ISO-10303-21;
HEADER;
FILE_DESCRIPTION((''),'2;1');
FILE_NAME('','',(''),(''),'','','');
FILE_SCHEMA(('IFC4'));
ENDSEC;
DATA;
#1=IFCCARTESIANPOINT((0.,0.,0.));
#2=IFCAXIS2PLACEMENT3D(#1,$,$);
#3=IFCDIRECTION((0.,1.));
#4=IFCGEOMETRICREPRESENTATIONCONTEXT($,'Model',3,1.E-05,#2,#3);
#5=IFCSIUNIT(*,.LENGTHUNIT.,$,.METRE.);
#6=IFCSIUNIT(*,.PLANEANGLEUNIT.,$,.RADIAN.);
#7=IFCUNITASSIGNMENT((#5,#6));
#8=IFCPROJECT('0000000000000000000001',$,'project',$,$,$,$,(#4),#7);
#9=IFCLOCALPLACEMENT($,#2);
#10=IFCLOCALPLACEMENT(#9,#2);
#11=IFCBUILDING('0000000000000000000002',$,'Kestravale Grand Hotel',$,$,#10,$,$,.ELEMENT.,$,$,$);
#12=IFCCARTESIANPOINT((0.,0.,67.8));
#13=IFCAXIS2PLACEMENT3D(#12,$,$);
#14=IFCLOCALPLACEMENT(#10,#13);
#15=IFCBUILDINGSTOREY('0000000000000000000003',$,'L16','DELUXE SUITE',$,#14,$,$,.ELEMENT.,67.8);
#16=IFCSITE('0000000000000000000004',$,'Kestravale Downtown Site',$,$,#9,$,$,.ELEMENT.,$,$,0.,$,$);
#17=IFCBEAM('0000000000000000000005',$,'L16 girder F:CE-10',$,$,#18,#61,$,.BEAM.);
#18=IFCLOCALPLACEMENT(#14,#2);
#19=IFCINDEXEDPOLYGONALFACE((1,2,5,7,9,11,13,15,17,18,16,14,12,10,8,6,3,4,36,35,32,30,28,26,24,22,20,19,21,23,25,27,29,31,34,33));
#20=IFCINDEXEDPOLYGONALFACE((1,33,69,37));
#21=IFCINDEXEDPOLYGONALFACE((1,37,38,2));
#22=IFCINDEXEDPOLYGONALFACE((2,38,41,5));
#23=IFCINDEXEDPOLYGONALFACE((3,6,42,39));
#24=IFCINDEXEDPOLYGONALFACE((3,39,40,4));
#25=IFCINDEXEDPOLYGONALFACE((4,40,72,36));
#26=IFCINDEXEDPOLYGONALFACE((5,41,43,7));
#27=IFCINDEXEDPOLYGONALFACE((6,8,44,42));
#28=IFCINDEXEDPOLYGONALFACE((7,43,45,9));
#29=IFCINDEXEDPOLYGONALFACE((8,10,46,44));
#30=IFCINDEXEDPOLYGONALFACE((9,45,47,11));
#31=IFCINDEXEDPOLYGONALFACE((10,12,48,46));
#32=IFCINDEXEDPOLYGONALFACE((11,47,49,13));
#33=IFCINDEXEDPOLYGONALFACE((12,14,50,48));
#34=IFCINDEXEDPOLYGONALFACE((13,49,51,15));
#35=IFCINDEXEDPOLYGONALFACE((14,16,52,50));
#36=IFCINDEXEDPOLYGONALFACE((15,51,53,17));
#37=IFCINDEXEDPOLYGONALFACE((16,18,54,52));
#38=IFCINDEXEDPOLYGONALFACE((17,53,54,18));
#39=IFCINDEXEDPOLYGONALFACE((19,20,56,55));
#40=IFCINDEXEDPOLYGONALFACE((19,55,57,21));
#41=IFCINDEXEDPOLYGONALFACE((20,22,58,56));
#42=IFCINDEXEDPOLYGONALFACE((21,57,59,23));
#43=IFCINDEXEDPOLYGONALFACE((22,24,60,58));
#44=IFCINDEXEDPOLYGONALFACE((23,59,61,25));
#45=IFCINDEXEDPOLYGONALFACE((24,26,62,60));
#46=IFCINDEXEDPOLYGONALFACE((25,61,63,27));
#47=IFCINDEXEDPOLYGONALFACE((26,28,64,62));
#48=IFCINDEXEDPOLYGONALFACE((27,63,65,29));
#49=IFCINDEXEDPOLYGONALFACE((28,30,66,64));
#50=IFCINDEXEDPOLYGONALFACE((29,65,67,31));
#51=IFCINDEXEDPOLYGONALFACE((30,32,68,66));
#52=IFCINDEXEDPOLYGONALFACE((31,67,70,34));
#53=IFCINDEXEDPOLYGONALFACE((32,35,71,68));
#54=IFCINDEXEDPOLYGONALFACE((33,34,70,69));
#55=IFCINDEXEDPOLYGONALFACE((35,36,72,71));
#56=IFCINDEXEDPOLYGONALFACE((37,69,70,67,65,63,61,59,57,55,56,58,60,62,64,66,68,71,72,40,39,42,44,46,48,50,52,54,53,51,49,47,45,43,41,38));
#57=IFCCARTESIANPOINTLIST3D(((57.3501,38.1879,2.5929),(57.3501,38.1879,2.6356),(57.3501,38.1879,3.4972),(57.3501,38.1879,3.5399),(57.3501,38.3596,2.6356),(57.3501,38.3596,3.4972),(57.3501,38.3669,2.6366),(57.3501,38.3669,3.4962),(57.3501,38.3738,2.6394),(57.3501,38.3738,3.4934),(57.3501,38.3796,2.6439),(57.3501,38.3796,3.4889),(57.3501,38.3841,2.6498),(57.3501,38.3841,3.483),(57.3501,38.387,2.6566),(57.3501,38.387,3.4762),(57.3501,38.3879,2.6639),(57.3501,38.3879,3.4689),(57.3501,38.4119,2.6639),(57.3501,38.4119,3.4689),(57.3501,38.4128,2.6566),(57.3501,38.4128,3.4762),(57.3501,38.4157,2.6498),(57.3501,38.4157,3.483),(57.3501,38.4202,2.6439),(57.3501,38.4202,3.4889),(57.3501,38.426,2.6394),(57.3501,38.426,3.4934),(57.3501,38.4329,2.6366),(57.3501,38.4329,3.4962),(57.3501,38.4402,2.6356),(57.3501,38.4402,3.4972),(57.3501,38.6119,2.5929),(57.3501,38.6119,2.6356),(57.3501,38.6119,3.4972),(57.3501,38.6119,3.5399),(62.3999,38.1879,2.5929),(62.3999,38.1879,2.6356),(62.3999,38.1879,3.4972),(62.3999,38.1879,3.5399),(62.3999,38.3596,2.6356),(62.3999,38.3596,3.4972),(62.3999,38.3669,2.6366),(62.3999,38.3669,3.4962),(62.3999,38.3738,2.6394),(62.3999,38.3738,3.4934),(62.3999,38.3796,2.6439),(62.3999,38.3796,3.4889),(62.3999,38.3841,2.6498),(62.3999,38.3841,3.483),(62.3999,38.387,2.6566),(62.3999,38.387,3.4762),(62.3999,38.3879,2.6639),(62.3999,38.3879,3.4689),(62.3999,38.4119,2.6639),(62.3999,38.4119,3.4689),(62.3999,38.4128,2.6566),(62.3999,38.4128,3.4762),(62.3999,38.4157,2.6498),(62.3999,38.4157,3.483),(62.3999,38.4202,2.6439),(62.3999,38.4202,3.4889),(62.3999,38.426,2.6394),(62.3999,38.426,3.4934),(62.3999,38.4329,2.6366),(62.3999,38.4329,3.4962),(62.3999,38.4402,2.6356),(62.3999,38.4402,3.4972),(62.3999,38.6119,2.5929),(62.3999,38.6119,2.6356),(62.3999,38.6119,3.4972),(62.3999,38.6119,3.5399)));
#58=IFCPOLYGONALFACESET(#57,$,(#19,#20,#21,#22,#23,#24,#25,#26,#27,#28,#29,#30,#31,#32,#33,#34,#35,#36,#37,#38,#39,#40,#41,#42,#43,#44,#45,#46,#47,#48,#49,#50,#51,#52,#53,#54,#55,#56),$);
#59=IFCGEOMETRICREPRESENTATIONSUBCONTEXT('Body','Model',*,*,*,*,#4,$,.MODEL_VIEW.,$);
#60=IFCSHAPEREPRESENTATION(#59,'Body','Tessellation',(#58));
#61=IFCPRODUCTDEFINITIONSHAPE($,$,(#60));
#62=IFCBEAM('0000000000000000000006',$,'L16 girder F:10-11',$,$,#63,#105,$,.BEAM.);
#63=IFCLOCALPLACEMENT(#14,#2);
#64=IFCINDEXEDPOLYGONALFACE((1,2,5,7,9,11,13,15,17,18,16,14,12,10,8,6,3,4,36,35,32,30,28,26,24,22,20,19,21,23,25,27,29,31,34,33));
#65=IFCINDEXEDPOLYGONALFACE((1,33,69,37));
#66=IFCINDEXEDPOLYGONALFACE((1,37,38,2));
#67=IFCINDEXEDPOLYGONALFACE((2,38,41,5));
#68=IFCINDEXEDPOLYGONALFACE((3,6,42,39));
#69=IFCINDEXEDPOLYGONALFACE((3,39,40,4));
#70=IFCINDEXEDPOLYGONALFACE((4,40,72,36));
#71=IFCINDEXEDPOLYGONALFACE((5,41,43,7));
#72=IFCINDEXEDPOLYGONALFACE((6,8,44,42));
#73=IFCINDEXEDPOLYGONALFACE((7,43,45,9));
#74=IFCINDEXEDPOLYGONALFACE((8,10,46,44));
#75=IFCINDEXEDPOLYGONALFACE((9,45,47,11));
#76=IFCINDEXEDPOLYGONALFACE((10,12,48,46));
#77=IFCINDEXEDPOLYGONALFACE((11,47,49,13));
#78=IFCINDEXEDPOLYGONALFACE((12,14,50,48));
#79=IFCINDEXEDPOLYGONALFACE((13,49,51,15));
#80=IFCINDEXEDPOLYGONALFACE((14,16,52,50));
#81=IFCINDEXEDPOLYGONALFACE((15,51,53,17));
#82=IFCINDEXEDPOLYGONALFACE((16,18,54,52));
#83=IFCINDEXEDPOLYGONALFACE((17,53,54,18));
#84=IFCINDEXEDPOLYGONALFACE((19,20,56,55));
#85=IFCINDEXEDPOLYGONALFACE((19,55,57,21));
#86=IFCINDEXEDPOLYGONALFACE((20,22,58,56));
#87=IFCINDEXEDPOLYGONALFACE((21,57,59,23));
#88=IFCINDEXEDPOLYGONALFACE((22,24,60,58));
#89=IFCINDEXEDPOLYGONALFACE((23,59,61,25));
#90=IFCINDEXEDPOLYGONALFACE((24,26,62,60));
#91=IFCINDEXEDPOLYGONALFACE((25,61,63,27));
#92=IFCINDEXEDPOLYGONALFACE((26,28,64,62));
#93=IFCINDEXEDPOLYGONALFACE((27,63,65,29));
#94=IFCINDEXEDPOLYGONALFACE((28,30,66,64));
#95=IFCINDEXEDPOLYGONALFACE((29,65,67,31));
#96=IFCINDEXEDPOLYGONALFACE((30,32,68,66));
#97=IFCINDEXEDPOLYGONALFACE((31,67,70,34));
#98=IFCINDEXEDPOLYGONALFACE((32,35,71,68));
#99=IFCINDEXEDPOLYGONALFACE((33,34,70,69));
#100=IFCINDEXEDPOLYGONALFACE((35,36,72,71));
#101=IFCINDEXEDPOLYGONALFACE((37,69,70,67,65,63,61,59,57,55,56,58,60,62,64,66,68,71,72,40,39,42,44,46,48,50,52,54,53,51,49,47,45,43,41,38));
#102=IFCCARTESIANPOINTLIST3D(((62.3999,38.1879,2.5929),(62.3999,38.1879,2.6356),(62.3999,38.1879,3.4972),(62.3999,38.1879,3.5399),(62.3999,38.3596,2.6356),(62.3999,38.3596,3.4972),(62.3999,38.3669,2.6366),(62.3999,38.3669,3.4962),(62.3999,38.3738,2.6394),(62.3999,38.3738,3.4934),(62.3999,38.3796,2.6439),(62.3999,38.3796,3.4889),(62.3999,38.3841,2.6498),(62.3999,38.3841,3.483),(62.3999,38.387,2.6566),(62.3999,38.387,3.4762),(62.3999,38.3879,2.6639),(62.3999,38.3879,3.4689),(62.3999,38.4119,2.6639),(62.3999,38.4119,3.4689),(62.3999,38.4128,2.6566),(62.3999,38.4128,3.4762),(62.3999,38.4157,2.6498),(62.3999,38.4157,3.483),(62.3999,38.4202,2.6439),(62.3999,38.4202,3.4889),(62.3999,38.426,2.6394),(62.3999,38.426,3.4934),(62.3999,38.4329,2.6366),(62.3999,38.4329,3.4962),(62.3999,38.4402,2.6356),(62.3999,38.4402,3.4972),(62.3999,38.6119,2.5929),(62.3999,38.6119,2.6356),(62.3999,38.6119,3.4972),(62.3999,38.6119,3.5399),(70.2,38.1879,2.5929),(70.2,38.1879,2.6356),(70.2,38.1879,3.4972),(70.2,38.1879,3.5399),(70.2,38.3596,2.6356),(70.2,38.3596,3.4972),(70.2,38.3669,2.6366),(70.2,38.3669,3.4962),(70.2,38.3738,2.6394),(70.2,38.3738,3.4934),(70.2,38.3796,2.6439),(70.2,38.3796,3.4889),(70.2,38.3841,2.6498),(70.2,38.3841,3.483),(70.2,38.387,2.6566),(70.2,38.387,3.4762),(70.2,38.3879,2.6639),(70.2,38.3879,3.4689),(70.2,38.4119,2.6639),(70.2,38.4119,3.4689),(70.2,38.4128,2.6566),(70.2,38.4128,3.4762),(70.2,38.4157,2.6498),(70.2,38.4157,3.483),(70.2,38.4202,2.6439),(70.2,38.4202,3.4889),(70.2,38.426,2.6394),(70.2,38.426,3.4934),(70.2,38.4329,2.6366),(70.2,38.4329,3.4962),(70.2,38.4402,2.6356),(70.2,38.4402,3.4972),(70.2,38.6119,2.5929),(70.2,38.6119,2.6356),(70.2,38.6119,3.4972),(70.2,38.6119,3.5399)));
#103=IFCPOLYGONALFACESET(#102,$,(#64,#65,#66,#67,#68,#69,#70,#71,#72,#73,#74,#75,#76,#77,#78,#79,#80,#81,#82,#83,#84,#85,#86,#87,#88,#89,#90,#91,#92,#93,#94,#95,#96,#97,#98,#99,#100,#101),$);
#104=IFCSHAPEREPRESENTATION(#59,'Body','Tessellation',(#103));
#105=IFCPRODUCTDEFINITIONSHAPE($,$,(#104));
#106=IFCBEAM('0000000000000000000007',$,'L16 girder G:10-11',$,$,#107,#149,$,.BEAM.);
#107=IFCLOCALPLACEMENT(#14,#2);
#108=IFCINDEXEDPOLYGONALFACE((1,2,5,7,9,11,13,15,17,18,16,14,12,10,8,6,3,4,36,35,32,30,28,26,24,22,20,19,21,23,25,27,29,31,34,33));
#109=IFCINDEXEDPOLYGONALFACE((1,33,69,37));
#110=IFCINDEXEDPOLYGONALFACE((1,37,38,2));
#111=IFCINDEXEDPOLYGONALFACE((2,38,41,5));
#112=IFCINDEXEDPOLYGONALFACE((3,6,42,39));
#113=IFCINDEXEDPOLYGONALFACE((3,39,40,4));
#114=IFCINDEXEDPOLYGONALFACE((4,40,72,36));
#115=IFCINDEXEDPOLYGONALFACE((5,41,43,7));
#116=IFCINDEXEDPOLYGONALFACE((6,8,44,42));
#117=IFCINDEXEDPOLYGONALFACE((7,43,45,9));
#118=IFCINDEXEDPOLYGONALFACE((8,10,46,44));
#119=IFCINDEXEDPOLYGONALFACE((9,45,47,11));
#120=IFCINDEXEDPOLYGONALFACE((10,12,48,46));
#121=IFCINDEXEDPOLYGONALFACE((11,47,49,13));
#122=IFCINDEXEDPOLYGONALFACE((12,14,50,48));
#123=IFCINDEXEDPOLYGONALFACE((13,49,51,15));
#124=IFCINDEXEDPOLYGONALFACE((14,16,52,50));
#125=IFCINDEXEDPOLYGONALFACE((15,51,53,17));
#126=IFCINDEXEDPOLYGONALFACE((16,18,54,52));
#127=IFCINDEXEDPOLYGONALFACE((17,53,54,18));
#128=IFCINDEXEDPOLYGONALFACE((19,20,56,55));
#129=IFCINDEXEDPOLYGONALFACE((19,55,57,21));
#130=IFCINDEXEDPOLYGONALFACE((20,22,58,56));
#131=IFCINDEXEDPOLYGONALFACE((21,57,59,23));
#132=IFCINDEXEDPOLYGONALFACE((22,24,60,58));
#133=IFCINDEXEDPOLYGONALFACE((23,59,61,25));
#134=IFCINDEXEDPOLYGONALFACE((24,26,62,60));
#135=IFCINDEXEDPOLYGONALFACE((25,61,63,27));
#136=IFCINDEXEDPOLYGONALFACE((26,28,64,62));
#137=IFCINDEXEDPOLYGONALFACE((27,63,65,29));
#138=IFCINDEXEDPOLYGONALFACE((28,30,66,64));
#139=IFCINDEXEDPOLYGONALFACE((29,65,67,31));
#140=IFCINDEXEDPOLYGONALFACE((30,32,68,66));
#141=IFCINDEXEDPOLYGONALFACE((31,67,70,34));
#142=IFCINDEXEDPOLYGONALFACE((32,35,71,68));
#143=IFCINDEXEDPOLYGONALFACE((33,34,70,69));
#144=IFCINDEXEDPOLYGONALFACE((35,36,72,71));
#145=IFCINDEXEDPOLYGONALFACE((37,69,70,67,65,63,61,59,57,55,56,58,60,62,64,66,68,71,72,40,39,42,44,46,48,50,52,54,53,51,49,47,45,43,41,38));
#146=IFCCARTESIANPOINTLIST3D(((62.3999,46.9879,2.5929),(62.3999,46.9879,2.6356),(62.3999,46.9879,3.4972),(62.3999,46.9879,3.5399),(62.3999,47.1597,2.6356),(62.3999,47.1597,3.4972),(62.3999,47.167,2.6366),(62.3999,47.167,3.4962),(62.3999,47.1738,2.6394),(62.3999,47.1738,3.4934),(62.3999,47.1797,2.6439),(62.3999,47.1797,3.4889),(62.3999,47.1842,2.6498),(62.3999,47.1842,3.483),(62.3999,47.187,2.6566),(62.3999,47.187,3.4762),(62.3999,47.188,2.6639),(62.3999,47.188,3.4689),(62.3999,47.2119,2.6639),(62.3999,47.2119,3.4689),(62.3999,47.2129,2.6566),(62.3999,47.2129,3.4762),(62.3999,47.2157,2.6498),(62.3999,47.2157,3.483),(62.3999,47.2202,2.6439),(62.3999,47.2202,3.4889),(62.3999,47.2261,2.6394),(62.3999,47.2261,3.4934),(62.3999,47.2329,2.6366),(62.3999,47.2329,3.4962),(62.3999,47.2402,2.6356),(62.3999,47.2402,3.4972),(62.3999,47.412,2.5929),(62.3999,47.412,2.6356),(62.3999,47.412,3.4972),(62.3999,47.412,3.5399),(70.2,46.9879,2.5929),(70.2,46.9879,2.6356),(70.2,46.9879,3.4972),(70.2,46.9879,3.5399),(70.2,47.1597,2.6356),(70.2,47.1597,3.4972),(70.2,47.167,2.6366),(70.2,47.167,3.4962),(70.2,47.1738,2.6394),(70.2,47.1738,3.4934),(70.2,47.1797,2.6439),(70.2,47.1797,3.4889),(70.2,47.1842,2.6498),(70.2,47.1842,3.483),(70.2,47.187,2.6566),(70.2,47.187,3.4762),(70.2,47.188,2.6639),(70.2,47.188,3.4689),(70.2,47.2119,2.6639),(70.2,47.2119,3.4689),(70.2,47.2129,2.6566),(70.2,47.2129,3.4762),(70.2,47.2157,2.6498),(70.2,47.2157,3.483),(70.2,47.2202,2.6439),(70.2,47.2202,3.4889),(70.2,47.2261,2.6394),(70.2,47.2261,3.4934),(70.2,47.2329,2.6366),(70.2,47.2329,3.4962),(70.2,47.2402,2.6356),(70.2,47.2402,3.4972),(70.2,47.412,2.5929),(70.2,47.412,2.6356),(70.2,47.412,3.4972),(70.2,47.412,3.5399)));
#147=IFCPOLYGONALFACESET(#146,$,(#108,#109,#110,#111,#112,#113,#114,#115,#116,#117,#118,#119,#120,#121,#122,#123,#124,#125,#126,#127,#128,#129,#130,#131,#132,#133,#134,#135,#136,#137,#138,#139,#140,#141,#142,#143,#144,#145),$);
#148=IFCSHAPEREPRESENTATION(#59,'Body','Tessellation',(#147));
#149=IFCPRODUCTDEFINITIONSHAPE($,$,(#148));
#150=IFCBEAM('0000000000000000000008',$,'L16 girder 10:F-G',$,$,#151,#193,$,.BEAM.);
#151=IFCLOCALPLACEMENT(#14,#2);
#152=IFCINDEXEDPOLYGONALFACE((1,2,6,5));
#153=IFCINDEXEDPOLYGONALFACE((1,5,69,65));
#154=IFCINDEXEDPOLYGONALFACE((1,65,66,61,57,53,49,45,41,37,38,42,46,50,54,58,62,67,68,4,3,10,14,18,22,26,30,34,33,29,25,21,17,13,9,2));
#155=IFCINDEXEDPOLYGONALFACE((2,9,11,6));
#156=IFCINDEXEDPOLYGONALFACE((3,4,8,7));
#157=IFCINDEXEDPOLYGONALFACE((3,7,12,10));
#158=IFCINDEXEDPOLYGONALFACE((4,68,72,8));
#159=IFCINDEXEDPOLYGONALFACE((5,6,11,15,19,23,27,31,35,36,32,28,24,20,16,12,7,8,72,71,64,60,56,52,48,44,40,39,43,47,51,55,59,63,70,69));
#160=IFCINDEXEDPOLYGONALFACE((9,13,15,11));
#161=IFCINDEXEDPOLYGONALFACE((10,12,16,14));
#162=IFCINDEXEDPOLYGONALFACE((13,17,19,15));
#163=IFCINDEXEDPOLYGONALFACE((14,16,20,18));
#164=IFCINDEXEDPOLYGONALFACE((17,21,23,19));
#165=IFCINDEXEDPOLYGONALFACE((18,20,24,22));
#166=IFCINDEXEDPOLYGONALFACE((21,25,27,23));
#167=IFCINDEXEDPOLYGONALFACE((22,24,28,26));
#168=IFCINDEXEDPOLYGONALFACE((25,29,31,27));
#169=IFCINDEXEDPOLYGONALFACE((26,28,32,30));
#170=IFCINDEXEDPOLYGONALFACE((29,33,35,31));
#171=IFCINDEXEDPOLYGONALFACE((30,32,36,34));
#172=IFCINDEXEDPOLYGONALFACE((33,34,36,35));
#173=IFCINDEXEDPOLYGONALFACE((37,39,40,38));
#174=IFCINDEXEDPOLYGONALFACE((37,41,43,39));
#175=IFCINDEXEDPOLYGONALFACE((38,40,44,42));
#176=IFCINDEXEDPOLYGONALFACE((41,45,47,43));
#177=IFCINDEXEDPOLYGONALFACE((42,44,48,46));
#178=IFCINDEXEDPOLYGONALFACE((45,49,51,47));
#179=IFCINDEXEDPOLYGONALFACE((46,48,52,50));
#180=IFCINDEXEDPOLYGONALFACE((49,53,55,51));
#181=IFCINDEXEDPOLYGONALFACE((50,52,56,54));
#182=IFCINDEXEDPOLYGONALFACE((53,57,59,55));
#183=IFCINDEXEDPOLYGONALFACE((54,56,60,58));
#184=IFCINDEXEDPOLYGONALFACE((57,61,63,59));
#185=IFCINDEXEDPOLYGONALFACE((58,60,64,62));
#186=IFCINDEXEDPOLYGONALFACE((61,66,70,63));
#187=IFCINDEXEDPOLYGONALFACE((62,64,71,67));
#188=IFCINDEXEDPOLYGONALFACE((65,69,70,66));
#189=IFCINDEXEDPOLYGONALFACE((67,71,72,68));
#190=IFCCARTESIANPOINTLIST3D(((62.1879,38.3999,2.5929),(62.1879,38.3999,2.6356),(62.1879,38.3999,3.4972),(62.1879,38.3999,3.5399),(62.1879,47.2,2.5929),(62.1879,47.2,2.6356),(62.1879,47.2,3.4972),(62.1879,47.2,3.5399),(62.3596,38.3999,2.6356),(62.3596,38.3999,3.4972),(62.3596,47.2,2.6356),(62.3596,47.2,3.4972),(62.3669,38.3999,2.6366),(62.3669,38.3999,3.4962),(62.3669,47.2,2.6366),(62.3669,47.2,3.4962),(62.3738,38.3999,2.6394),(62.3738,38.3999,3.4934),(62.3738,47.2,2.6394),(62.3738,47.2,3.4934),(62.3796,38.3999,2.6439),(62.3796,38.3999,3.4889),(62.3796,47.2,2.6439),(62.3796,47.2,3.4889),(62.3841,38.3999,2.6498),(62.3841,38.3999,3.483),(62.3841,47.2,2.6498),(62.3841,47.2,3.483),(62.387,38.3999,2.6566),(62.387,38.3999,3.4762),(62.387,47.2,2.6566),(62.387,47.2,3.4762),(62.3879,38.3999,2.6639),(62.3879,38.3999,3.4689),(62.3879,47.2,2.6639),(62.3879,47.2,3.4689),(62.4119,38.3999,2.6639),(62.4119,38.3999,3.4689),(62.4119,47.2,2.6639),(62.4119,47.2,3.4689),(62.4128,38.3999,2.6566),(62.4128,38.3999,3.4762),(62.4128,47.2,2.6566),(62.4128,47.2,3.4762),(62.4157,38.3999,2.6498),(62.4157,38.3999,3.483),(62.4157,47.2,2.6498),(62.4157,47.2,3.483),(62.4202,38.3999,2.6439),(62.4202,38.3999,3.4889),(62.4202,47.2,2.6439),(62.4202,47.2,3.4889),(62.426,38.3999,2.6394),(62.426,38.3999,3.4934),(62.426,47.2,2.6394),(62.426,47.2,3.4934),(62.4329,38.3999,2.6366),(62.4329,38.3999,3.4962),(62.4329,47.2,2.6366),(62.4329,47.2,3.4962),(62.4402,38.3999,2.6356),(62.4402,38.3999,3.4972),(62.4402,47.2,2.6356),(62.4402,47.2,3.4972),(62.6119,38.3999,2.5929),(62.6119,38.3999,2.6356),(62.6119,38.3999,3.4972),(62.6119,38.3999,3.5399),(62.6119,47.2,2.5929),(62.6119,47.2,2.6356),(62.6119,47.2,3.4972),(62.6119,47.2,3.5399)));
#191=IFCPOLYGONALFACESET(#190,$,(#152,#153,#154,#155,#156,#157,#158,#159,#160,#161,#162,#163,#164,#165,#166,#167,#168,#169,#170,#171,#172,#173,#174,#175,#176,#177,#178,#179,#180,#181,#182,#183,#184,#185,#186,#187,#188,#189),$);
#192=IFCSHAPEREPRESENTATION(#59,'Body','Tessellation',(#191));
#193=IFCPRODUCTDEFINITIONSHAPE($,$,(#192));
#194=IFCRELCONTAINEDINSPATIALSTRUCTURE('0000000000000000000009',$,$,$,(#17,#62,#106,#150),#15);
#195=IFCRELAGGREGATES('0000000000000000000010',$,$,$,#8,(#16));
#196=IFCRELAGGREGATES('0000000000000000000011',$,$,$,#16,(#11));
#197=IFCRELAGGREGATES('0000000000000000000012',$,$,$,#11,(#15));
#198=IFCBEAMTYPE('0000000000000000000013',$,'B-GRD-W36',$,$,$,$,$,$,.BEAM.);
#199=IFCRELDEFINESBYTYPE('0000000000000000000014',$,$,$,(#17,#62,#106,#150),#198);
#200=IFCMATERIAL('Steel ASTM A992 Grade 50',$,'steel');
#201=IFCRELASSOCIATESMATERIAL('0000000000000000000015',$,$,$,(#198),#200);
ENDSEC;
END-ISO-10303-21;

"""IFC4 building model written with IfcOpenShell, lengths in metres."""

from ifc_helpers import new_model, si_unit, direction, frame, origin, origin_2d, place, context, subcontext, project, spatial, i_section, extrude, material, material_profile, profile_set, type_object, element, save


model = new_model("IFC4")

# Units and contexts
model_context = context("Model", 3, precision=1e-05, world=origin(), true_north=direction((0.0, 1.0)))
body_context = subcontext(model_context, "Body", "Model", "MODEL_VIEW")
ifc_project = project(units=[si_unit("LENGTHUNIT", "METRE"), si_unit("PLANEANGLEUNIT", "RADIAN")], contexts=[model_context])

# Site, building, storey
site_placement = place(None, origin())
site = spatial("IfcSite", under=ifc_project, at=site_placement, Name="Kestravale Downtown Site", CompositionType="ELEMENT", RefElevation=0.0)
building_placement = place(site_placement, origin())
building = spatial("IfcBuilding", under=site, at=building_placement, Name="Kestravale Grand Hotel", CompositionType="ELEMENT")
storey_placement = place(building_placement, frame((0.0, 0.0, 67.8)))
storey = spatial("IfcBuildingStorey", under=building, at=storey_placement, Name="L16", Description="DELUXE SUITE", CompositionType="ELEMENT", Elevation=67.8)

# Beams
ifc_material_1 = material(Name="Steel ASTM A992 Grade 50", Category="steel")
ifc_material_profile_1 = material_profile(ifc_material_1, i_section(OverallWidth=0.4241, OverallDepth=0.947, WebThickness=0.0239, FlangeThickness=0.0427, FilletRadius=0.0283, at=origin_2d()))
ifc_profile_set_1 = profile_set([ifc_material_profile_1], Name="Steel ASTM A992 Grade 50")
beam_type_1 = type_object("IfcBeamType", Name="B-GRD-W36", PredefinedType="BEAM", material=ifc_profile_set_1)
beam_1_placement = place(storey_placement, frame((57.3501, 38.3999, 3.0664), z_axis=(1.0, 0.0, 0.0), x_axis=(0.0, 1.0, 0.0)))
element("IfcBeam", 1, at=beam_1_placement, inside=storey, type_object=beam_type_1, Name="L16 girder F:CE-10", PredefinedType="BEAM", context=body_context, shape_type="SweptSolid", body=[
    extrude(i_section(OverallWidth=0.4241, OverallDepth=0.947, WebThickness=0.0239, FlangeThickness=0.0427, FilletRadius=0.0283, at=origin_2d()), origin(), (0.0, 0.0, 1.0), 5.0498),
])
for number, where, z_axis, x_axis, name in (
    (2, (62.3999, 38.3999, 3.0664), (1.0, 0.0, 0.0), (0.0, 1.0, 0.0), "L16 girder F:10-11"),
    (3, (62.3999, 47.2, 3.0664), (1.0, 0.0, 0.0), (0.0, 1.0, 0.0), "L16 girder G:10-11"),
):
    element("IfcBeam", number, at=place(storey_placement, frame(where, z_axis=z_axis, x_axis=x_axis)), inside=storey, type_object=beam_type_1, Name=name, PredefinedType="BEAM", context=body_context, shape_type="SweptSolid", body=[
        extrude(i_section(OverallWidth=0.4241, OverallDepth=0.947, WebThickness=0.0239, FlangeThickness=0.0427, FilletRadius=0.0283, at=origin_2d()), origin(), (0.0, 0.0, 1.0), 7.8),
    ])
beam_2_placement = place(storey_placement, frame((62.3999, 38.3999, 3.0664), z_axis=(0.0, 1.0, 0.0), x_axis=(-1.0, 0.0, 0.0)))
element("IfcBeam", 4, at=beam_2_placement, inside=storey, type_object=beam_type_1, Name="L16 girder 10:F-G", PredefinedType="BEAM", context=body_context, shape_type="SweptSolid", body=[
    extrude(i_section(OverallWidth=0.4241, OverallDepth=0.947, WebThickness=0.0239, FlangeThickness=0.0427, FilletRadius=0.0283, at=origin_2d()), origin(), (0.0, 0.0, 1.0), 8.8),
])

save(model, "model.ifc")
